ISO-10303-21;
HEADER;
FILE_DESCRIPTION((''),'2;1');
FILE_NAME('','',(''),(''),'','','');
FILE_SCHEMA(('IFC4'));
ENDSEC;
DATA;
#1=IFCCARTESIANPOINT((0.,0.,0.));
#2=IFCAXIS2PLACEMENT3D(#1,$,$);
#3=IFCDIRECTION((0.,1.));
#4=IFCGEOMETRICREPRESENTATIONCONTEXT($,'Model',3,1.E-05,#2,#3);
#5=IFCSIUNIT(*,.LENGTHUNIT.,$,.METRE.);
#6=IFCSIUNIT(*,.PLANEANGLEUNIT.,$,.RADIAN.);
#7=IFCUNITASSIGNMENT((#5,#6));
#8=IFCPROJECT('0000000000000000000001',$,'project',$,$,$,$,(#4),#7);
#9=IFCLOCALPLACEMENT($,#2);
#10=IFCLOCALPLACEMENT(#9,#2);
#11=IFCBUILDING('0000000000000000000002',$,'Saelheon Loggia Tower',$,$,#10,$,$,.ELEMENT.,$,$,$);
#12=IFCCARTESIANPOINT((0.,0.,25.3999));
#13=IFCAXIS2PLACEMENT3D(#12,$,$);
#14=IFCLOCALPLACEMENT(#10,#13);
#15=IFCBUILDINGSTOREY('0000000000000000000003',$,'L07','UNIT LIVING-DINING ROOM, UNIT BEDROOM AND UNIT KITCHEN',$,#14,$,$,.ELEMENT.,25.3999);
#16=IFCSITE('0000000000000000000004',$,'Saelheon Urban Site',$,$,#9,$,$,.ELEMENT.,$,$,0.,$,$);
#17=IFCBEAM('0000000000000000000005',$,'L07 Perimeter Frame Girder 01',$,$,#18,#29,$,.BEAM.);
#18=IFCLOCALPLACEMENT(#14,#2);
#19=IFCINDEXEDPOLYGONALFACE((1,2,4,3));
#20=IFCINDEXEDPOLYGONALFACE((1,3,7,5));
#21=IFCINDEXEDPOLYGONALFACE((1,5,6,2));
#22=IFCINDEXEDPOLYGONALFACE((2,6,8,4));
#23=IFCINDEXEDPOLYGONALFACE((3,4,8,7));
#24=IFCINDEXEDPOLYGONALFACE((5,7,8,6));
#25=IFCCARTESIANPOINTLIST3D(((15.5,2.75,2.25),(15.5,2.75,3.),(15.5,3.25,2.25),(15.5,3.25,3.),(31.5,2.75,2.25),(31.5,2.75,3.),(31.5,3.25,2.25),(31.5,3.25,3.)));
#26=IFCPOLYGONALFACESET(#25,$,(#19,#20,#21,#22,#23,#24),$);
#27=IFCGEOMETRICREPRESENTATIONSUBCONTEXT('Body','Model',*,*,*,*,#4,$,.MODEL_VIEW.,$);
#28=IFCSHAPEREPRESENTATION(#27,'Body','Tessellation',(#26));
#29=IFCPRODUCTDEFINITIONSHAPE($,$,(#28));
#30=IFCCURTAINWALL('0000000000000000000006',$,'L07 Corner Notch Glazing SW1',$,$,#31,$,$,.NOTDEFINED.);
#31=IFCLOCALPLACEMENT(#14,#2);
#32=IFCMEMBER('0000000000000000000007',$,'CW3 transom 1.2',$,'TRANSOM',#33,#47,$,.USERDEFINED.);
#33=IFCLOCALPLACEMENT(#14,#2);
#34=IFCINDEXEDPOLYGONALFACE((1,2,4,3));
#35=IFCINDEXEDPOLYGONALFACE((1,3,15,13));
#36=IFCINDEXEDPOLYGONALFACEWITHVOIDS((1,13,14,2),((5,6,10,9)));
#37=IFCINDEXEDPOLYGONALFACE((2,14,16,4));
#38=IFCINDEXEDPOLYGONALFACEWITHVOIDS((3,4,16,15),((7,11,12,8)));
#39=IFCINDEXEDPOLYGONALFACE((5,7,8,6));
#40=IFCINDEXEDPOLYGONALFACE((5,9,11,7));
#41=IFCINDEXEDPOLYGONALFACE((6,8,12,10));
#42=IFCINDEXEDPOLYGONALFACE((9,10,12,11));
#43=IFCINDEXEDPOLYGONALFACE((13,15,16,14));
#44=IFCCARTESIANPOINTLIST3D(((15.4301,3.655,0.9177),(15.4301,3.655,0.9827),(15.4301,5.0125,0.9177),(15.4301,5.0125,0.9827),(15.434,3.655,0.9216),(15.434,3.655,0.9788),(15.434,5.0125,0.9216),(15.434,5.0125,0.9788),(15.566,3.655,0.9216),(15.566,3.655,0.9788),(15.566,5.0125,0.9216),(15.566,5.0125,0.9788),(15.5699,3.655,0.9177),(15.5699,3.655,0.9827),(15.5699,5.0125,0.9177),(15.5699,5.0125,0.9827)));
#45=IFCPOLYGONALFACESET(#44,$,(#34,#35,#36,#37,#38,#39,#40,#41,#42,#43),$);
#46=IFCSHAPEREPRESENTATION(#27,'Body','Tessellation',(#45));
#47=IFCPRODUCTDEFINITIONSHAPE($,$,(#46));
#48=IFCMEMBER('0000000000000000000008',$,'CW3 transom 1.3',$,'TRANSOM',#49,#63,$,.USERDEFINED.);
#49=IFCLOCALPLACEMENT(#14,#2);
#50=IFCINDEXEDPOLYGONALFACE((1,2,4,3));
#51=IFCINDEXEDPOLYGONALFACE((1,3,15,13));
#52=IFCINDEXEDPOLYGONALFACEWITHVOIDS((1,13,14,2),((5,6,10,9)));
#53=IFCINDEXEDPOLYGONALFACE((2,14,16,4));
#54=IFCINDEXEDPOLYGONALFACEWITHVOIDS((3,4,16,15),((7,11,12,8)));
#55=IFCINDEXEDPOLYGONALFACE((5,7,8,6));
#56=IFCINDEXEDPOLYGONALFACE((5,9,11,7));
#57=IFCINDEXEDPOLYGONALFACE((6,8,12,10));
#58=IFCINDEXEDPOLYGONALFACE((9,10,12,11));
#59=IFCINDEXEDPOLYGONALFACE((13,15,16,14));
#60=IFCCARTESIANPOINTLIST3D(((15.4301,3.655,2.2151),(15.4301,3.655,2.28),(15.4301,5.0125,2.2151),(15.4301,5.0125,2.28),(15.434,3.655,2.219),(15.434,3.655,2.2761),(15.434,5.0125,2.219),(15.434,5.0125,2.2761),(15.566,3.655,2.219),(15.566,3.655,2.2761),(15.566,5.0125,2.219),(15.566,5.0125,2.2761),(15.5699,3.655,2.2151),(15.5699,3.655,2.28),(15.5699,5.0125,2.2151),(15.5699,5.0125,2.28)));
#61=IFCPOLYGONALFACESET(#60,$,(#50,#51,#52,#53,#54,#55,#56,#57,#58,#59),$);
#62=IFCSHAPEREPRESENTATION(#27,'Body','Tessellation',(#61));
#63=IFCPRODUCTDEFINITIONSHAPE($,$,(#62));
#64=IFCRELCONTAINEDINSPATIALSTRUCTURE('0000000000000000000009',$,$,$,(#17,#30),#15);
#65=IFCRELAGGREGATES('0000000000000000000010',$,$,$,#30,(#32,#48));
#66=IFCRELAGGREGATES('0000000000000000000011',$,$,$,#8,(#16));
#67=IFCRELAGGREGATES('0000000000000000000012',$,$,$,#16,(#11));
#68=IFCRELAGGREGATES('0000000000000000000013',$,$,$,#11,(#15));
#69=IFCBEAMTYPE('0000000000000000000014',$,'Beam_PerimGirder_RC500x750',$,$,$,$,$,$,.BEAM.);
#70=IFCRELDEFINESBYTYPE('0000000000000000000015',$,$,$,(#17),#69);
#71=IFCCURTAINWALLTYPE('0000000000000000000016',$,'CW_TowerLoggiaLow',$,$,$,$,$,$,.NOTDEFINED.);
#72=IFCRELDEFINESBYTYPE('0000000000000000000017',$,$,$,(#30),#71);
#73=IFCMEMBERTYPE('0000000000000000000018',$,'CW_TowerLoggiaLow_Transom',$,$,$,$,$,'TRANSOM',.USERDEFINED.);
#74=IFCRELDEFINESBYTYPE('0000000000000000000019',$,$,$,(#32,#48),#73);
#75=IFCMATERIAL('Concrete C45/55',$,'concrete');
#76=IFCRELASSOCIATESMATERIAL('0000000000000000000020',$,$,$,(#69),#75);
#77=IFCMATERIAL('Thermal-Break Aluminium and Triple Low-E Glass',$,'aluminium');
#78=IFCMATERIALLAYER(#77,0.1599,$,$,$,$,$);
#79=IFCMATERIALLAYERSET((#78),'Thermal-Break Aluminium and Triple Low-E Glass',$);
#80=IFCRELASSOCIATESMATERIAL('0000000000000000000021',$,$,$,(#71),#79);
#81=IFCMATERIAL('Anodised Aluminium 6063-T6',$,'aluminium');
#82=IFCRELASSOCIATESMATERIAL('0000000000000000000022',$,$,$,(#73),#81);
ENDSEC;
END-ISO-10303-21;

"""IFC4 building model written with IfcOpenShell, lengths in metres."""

from ifc_helpers import new_model, si_unit, direction, frame, origin, origin_2d, place, context, subcontext, project, spatial, rectangle, hollow_rectangle, extrude, source, transform, mapped, material, layer, layer_set, material_profile, profile_set, type_object, element, aggregate, save


model = new_model("IFC4")

# Units and contexts
model_context = context("Model", 3, precision=1e-05, world=origin(), true_north=direction((0.0, 1.0)))
body_context = subcontext(model_context, "Body", "Model", "MODEL_VIEW")
ifc_project = project(units=[si_unit("LENGTHUNIT", "METRE"), si_unit("PLANEANGLEUNIT", "RADIAN")], contexts=[model_context])

# Site, building, storey
site_placement = place(None, origin())
site = spatial("IfcSite", under=ifc_project, at=site_placement, Name="Saelheon Urban Site", CompositionType="ELEMENT", RefElevation=0.0)
building_placement = place(site_placement, origin())
building = spatial("IfcBuilding", under=site, at=building_placement, Name="Saelheon Loggia Tower", CompositionType="ELEMENT")
storey_placement = place(building_placement, frame((0.0, 0.0, 25.3999)))
storey = spatial("IfcBuildingStorey", under=building, at=storey_placement, Name="L07", Description="UNIT LIVING-DINING ROOM, UNIT BEDROOM AND UNIT KITCHEN", CompositionType="ELEMENT", Elevation=25.3999)

# Beam
ifc_material_1 = material(Name="Concrete C45/55", Category="concrete")
ifc_material_profile_1 = material_profile(ifc_material_1, rectangle(XDim=0.5, YDim=0.75, at=origin_2d()), Name="RC-500x750")
ifc_profile_set_1 = profile_set([ifc_material_profile_1], Name="Concrete C45/55")
beam_type = type_object("IfcBeamType", Name="Beam_PerimGirder_RC500x750", PredefinedType="BEAM", material=ifc_profile_set_1)
shared_shape_1 = source(origin(), body_context, "Body", "SweptSolid", [
    extrude(rectangle(XDim=0.5, YDim=0.75, at=origin_2d()), origin(), (0.0, 0.0, 1.0), 16.0),
])
beam_placement = place(storey_placement, frame((15.5, 3.0, 2.625), z_axis=(1.0, 0.0, 0.0), x_axis=(0.0, 1.0, 0.0)))
element("IfcBeam", 1, at=beam_placement, inside=storey, type_object=beam_type, Name="L07 Perimeter Frame Girder 01", PredefinedType="BEAM", context=body_context, shape_type="MappedRepresentation", body=[
    mapped(shared_shape_1, transform((0.0, 0.0, 0.0), scale=1.0)),
])

# Curtain wall, members
ifc_material_2 = material(Name="Thermal-Break Aluminium and Triple Low-E Glass", Category="aluminium")
ifc_layer = layer(ifc_material_2, 0.1599)
ifc_layer_set = layer_set([ifc_layer], Name="Thermal-Break Aluminium and Triple Low-E Glass")
curtain_wall_type = type_object("IfcCurtainWallType", Name="CW_TowerLoggiaLow", PredefinedType="NOTDEFINED", material=ifc_layer_set)
curtain_wall_placement = place(storey_placement, origin())
curtain_wall = element("IfcCurtainWall", 2, at=curtain_wall_placement, inside=storey, type_object=curtain_wall_type, Name="L07 Corner Notch Glazing SW1", PredefinedType="NOTDEFINED")
ifc_material_3 = material(Name="Anodised Aluminium 6063-T6", Category="aluminium")
ifc_material_profile_2 = material_profile(ifc_material_3, hollow_rectangle(XDim=0.0649, YDim=0.1399, WallThickness=0.0039, at=origin_2d()), Name="RHS-140x65x4")
ifc_profile_set_2 = profile_set([ifc_material_profile_2], Name="Anodised Aluminium 6063-T6")
member_type = type_object("IfcMemberType", Name="CW_TowerLoggiaLow_Transom", ElementType="TRANSOM", PredefinedType="USERDEFINED", material=ifc_profile_set_2)
shared_shape_2 = source(origin(), body_context, "Body", "SweptSolid", [
    extrude(hollow_rectangle(XDim=0.0649, YDim=0.1399, WallThickness=0.0039, at=origin_2d()), origin(), (0.0, 0.0, 1.0), 1.3574),
])
member_1_placement = place(storey_placement, frame((15.5, 3.655, 0.9502), z_axis=(0.0, 1.0, 0.0), x_axis=(0.0, 0.0, 1.0)))
member_1 = element("IfcMember", 3, at=member_1_placement, type_object=member_type, Name="CW3 transom 1.2", ObjectType="TRANSOM", PredefinedType="USERDEFINED", context=body_context, shape_type="MappedRepresentation", body=[
    mapped(shared_shape_2, transform((0.0, 0.0, 0.0), scale=1.0)),
])
member_2_placement = place(storey_placement, frame((15.5, 3.655, 2.2476), z_axis=(0.0, 1.0, 0.0), x_axis=(0.0, 0.0, 1.0)))
member_2 = element("IfcMember", 4, at=member_2_placement, type_object=member_type, Name="CW3 transom 1.3", ObjectType="TRANSOM", PredefinedType="USERDEFINED", context=body_context, shape_type="MappedRepresentation", body=[
    mapped(shared_shape_2, transform((0.0, 0.0, 0.0), scale=1.0)),
])
aggregate(curtain_wall, [member_1, member_2])

save(model, "model.ifc")
